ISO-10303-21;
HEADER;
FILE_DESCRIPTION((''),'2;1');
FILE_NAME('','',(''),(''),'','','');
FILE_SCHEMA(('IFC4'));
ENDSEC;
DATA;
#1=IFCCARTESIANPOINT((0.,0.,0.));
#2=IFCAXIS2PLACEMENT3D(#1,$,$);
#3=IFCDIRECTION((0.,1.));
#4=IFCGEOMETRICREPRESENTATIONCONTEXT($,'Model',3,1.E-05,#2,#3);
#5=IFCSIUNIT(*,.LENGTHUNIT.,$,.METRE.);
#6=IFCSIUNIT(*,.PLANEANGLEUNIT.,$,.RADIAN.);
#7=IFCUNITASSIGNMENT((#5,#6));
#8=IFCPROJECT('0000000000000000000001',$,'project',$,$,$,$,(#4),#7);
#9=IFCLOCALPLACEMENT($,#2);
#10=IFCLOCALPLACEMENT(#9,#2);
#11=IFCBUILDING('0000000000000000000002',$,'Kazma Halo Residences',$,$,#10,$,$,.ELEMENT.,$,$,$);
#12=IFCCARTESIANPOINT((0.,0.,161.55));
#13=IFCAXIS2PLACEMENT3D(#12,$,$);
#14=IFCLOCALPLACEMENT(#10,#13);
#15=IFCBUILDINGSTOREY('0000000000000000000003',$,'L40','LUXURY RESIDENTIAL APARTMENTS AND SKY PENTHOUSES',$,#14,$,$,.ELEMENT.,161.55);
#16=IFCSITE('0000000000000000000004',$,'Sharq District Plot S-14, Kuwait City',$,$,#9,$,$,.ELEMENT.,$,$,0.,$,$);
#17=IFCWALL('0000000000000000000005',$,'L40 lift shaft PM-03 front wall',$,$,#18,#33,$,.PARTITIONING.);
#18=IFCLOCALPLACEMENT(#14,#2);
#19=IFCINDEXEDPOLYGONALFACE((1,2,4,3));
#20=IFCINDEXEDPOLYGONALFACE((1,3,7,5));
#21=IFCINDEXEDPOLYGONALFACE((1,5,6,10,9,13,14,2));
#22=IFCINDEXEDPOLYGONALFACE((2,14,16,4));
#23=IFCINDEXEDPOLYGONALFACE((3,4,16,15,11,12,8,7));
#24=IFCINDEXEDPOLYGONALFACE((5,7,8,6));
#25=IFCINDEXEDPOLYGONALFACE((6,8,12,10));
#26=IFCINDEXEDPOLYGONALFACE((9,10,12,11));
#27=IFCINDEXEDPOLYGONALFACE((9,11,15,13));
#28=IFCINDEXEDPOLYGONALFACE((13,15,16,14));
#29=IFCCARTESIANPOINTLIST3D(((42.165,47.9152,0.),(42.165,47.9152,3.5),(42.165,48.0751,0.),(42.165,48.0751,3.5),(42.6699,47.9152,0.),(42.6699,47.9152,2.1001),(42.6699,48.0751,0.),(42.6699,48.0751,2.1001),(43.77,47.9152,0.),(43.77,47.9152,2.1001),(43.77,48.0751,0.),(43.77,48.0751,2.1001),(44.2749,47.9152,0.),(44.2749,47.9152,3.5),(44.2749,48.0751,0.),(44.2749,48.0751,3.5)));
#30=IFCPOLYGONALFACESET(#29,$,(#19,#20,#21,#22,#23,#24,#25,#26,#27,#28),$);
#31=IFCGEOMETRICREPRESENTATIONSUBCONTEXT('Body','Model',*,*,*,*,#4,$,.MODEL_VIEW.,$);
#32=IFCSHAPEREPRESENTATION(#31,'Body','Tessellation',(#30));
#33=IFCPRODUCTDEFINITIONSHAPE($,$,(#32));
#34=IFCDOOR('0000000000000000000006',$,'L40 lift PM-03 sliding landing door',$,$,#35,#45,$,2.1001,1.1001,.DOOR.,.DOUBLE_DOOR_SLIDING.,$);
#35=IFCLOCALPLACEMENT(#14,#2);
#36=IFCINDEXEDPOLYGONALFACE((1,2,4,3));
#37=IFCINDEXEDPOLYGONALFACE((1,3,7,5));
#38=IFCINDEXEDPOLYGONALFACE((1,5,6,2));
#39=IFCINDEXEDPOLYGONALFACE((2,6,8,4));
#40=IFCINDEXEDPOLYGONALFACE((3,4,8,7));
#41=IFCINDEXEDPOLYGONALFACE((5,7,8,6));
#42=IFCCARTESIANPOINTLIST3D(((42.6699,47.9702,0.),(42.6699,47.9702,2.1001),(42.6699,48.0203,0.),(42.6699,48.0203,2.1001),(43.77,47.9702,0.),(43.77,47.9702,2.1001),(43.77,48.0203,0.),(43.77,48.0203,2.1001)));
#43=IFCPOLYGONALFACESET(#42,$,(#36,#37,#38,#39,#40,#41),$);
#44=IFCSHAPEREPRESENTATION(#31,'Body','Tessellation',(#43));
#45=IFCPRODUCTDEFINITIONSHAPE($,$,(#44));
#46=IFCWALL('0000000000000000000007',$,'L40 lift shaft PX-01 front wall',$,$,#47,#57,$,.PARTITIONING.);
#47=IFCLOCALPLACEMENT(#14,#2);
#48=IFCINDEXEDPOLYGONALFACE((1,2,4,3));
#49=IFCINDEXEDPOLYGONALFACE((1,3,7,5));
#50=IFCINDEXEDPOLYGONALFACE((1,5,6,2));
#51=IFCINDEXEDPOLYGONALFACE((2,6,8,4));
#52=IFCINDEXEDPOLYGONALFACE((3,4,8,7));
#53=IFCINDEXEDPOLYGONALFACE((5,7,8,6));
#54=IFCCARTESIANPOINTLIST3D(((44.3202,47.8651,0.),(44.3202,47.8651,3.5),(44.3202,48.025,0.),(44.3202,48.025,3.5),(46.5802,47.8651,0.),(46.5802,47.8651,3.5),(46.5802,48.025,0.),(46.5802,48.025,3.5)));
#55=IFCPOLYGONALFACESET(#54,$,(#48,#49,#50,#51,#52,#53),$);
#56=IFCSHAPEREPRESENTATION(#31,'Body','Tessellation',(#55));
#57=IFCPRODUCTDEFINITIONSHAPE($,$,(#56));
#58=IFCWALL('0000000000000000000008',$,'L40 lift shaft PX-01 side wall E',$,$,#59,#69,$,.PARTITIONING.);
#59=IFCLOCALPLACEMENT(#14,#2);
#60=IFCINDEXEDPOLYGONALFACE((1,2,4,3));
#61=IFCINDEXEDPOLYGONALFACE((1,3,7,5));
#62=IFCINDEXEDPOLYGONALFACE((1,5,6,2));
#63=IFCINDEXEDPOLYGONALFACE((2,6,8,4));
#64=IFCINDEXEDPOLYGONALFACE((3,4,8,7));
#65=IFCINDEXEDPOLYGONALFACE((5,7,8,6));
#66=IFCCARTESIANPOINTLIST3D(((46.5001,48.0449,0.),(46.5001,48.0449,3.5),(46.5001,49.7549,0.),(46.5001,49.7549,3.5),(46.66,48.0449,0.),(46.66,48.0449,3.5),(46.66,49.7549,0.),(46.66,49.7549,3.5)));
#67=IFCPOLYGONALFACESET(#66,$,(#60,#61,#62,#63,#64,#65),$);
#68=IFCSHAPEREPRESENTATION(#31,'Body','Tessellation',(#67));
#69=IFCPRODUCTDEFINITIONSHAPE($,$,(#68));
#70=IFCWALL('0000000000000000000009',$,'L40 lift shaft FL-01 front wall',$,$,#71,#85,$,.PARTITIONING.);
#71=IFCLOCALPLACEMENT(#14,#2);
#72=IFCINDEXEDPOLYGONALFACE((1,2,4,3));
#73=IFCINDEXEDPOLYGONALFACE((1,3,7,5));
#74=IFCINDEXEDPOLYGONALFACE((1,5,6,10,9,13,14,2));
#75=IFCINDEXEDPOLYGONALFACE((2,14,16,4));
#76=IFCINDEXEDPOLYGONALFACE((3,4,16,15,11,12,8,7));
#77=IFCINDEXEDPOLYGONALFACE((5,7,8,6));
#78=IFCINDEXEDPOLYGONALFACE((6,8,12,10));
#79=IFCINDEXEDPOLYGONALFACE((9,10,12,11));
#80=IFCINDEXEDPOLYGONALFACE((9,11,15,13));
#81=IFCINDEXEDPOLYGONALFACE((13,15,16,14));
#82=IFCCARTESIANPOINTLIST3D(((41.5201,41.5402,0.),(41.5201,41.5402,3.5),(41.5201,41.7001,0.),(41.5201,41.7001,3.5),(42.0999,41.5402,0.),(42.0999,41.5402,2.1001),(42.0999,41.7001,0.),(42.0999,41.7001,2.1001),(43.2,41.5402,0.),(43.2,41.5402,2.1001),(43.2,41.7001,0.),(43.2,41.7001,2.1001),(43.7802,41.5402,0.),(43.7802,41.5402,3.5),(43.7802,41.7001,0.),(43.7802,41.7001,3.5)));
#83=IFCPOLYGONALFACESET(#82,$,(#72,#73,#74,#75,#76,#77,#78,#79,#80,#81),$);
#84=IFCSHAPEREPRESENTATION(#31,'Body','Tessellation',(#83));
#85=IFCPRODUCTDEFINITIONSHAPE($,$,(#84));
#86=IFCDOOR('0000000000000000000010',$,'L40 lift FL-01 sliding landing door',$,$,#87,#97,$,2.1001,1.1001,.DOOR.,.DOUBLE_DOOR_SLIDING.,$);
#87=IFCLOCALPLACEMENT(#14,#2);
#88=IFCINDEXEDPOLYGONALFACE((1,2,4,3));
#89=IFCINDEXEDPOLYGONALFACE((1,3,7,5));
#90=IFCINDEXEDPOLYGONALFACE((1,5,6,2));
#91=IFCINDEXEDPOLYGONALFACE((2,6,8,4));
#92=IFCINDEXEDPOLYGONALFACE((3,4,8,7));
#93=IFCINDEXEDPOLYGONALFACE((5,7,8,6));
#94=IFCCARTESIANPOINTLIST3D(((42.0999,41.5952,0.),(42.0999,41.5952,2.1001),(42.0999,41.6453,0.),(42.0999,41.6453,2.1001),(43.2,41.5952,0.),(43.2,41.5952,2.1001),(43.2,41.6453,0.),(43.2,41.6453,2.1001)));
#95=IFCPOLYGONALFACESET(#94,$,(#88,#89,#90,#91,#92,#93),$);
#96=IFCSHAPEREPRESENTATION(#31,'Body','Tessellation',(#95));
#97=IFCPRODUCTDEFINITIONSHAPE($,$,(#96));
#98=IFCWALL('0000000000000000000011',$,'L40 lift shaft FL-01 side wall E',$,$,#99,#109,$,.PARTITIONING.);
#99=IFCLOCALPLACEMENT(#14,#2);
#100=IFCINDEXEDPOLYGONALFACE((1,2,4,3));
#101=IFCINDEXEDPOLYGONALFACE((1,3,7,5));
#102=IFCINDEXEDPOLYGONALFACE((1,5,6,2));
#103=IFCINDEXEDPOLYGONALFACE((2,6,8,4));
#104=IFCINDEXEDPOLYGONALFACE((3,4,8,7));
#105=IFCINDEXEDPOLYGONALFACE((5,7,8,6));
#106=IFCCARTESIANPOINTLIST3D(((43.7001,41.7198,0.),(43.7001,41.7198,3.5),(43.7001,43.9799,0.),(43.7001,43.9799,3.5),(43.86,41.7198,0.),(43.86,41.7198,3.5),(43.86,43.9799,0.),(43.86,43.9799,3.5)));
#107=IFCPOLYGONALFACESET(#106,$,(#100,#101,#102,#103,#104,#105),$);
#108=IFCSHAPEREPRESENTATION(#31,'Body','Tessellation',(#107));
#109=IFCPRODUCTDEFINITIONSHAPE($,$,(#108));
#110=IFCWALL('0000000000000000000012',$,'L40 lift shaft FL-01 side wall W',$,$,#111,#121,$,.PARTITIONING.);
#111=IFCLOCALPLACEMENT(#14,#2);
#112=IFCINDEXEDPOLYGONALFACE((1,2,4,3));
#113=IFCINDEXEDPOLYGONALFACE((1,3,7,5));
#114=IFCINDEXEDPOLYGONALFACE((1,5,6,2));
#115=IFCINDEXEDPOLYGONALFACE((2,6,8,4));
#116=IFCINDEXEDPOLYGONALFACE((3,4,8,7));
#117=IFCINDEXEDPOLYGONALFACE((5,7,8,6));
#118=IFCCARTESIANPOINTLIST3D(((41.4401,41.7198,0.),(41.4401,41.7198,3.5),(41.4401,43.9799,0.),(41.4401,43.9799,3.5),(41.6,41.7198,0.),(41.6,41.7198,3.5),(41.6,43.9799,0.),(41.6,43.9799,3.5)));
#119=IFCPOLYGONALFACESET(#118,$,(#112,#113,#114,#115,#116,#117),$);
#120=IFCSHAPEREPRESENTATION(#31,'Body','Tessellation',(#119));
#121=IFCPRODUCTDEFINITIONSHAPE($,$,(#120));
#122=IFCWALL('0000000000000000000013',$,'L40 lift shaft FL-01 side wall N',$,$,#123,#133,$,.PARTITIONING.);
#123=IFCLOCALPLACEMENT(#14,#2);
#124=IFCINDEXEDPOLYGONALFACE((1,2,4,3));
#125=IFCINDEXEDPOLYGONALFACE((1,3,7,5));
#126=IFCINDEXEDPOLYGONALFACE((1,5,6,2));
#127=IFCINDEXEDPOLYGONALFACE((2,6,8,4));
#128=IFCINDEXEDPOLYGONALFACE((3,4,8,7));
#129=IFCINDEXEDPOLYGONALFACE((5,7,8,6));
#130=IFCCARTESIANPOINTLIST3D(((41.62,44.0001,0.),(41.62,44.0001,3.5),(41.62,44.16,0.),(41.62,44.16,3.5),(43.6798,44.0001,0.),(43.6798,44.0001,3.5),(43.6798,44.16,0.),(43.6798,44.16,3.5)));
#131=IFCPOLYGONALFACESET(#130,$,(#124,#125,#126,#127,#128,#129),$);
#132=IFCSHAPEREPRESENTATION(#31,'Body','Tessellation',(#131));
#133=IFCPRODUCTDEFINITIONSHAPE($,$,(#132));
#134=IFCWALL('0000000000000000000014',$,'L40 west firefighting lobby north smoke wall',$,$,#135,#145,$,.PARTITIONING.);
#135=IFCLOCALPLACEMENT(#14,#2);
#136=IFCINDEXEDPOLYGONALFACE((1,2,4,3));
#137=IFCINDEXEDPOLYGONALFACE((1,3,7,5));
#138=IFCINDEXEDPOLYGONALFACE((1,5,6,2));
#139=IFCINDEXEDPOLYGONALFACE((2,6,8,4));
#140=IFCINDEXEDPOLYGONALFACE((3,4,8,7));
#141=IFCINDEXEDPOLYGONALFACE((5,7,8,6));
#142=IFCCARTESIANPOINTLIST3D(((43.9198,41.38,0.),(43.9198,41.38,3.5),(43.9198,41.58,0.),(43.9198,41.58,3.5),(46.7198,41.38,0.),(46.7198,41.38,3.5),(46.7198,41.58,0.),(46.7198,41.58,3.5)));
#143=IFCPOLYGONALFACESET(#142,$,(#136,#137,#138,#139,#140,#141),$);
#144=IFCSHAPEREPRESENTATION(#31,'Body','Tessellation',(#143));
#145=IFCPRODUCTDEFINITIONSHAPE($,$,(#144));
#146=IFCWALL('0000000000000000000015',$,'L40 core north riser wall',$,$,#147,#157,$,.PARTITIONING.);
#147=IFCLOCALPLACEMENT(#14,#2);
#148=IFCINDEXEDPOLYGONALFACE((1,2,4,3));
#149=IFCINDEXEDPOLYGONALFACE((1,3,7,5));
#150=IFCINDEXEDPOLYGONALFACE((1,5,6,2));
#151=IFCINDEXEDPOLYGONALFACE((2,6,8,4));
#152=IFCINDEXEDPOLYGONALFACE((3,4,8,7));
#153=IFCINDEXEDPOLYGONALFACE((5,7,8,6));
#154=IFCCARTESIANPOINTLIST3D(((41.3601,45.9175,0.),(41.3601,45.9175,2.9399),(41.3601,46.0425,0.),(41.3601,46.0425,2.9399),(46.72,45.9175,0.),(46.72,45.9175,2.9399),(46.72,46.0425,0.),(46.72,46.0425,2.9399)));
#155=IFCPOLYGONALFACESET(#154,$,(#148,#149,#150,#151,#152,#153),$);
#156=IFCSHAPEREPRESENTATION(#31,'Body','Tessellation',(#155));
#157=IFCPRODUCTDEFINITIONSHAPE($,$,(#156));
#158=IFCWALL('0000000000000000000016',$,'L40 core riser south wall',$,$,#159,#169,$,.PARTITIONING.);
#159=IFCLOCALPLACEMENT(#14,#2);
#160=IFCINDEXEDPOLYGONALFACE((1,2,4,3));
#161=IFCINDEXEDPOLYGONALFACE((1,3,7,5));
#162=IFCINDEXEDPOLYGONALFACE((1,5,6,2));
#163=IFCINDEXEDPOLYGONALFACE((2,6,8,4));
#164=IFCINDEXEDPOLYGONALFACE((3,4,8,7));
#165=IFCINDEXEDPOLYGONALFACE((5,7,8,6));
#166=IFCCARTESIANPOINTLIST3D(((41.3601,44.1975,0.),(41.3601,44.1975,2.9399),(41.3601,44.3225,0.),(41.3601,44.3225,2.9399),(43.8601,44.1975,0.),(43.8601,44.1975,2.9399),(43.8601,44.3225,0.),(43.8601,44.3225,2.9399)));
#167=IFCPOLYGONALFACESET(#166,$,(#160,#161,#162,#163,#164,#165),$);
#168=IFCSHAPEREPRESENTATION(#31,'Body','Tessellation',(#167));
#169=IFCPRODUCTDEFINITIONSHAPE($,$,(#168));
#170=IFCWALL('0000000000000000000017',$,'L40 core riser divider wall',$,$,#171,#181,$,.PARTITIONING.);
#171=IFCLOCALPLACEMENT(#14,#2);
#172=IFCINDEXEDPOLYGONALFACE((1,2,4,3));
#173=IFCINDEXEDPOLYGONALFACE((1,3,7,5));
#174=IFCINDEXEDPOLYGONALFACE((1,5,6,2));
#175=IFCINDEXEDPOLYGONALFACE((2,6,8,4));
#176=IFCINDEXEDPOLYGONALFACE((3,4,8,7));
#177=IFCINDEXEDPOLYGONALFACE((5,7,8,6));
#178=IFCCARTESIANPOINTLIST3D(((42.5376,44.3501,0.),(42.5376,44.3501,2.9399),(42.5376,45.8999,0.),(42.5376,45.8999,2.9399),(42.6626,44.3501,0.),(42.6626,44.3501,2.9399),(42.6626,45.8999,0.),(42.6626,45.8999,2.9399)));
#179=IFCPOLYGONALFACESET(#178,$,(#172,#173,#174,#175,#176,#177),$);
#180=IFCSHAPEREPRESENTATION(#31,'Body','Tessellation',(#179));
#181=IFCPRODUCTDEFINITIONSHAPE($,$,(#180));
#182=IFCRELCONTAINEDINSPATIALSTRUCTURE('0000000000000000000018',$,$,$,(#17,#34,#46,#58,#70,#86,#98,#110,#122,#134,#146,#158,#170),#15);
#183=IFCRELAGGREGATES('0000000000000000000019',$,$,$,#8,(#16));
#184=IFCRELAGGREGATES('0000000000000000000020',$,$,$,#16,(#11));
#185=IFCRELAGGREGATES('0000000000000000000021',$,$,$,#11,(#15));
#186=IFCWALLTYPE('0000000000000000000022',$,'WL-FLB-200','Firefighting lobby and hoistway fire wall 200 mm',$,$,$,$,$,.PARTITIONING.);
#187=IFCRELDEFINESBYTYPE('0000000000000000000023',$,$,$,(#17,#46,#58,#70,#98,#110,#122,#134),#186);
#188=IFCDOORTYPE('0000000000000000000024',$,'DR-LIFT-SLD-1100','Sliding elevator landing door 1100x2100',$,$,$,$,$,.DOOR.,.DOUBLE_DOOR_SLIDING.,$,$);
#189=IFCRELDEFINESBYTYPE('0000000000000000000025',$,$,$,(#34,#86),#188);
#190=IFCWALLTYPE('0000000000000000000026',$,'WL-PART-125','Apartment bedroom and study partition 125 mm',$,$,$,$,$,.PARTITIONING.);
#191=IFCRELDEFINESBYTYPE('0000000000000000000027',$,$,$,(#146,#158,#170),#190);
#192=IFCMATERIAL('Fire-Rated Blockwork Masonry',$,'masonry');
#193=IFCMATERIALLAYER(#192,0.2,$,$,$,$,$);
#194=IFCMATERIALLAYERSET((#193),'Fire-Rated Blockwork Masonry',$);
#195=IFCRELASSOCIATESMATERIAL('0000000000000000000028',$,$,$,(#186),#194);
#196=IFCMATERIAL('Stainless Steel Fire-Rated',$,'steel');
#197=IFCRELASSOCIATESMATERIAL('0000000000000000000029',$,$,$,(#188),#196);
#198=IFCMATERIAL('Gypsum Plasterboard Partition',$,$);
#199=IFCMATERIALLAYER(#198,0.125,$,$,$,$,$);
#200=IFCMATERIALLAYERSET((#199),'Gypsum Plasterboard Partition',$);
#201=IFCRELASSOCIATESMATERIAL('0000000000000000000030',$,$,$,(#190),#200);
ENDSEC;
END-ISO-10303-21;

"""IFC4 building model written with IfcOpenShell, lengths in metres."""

from ifc_helpers import new_model, si_unit, direction, frame, frame_2d, origin, place, context, subcontext, project, spatial, rectangle, extrude, material, layer, layer_set, type_object, element, fill, save


model = new_model("IFC4")

# Units and contexts
model_context = context("Model", 3, precision=1e-05, world=origin(), true_north=direction((0.0, 1.0)))
body_context = subcontext(model_context, "Body", "Model", "MODEL_VIEW")
ifc_project = project(units=[si_unit("LENGTHUNIT", "METRE"), si_unit("PLANEANGLEUNIT", "RADIAN")], contexts=[model_context])

# Site, building, storey
site_placement = place(None, origin())
site = spatial("IfcSite", under=ifc_project, at=site_placement, Name="Sharq District Plot S-14, Kuwait City", CompositionType="ELEMENT", RefElevation=0.0)
building_placement = place(site_placement, origin())
building = spatial("IfcBuilding", under=site, at=building_placement, Name="Kazma Halo Residences", CompositionType="ELEMENT")
storey_placement = place(building_placement, frame((0.0, 0.0, 161.55)))
storey = spatial("IfcBuildingStorey", under=building, at=storey_placement, Name="L40", Description="LUXURY RESIDENTIAL APARTMENTS AND SKY PENTHOUSES", CompositionType="ELEMENT", Elevation=161.55)

# Wall, opening, door
ifc_material_1 = material(Name="Fire-Rated Blockwork Masonry", Category="masonry")
ifc_layer_1 = layer(ifc_material_1, 0.2)
ifc_layer_set_1 = layer_set([ifc_layer_1], Name="Fire-Rated Blockwork Masonry")
wall_type_1 = type_object("IfcWallType", Name="WL-FLB-200", Description="Firefighting lobby and hoistway fire wall 200 mm", PredefinedType="PARTITIONING", material=ifc_layer_set_1)
ifc_material_2 = material(Name="Stainless Steel Fire-Rated", Category="steel")
door_type = type_object("IfcDoorType", Name="DR-LIFT-SLD-1100", Description="Sliding elevator landing door 1100x2100", OperationType="DOUBLE_DOOR_SLIDING", PredefinedType="DOOR", material=ifc_material_2)
wall_1_placement = place(storey_placement, frame((44.2749, 47.9951, 0.0), z_axis=(0.0, 0.0, 1.0), x_axis=(-1.0, 0.0, 0.0)))
wall_1 = element("IfcWall", 1, at=wall_1_placement, inside=storey, type_object=wall_type_1, Name="L40 lift shaft PM-03 front wall", PredefinedType="PARTITIONING", context=body_context, shape_type="SweptSolid", body=[
    extrude(rectangle(XDim=2.1099, YDim=0.1599, at=frame_2d((1.0549, 0.0))), origin(), (0.0, 0.0, 1.0), 3.5),
])
opening_1_placement = place(wall_1_placement, frame((0.5049, 0.0, 0.0)))
opening_1 = element("IfcOpeningElement", 2, at=opening_1_placement, cuts=wall_1, PredefinedType="OPENING", context=body_context, shape_type="SweptSolid", body=[
    extrude(rectangle(XDim=1.1001, YDim=2.1001, at=frame_2d((0.55, 1.05))), frame((0.0, 0.0898, 0.0), z_axis=(0.0, -1.0, 0.0), x_axis=(1.0, 0.0, 0.0)), (0.0, 0.0, 1.0), 0.1799),
])
door_1_placement = place(opening_1_placement, origin())
door_1 = element("IfcDoor", 3, at=door_1_placement, inside=storey, type_object=door_type, Name="L40 lift PM-03 sliding landing door", OperationType="DOUBLE_DOOR_SLIDING", OverallHeight=2.1001, OverallWidth=1.1001, PredefinedType="DOOR", context=body_context, shape_type="SweptSolid", body=[
    extrude(rectangle(XDim=1.1001, YDim=2.1001, at=frame_2d((0.55, 1.05))), frame((0.0, 0.0249, 0.0), z_axis=(0.0, -1.0, 0.0), x_axis=(1.0, 0.0, 0.0)), (0.0, 0.0, 1.0), 0.05),
])
fill(opening_1, door_1)

# Walls
wall_2_placement = place(storey_placement, frame((46.5801, 47.9451, 0.0), z_axis=(0.0, 0.0, 1.0), x_axis=(-1.0, 0.0, 0.0)))
element("IfcWall", 4, at=wall_2_placement, inside=storey, type_object=wall_type_1, Name="L40 lift shaft PX-01 front wall", PredefinedType="PARTITIONING", context=body_context, shape_type="SweptSolid", body=[
    extrude(rectangle(XDim=2.26, YDim=0.1599, at=frame_2d((1.1299, 0.0))), origin(), (0.0, 0.0, 1.0), 3.5),
])
wall_3_placement = place(storey_placement, frame((46.5801, 48.0449, 0.0), z_axis=(0.0, 0.0, 1.0), x_axis=(0.0, 1.0, 0.0)))
element("IfcWall", 5, at=wall_3_placement, inside=storey, type_object=wall_type_1, Name="L40 lift shaft PX-01 side wall E", PredefinedType="PARTITIONING", context=body_context, shape_type="SweptSolid", body=[
    extrude(rectangle(XDim=1.71, YDim=0.1599, at=frame_2d((0.855, 0.0))), origin(), (0.0, 0.0, 1.0), 3.5),
])

# Wall, opening, door
wall_4_placement = place(storey_placement, frame((43.78, 41.6201, 0.0), z_axis=(0.0, 0.0, 1.0), x_axis=(-1.0, 0.0, 0.0)))
wall_4 = element("IfcWall", 6, at=wall_4_placement, inside=storey, type_object=wall_type_1, Name="L40 lift shaft FL-01 front wall", PredefinedType="PARTITIONING", context=body_context, shape_type="SweptSolid", body=[
    extrude(rectangle(XDim=2.26, YDim=0.1599, at=frame_2d((1.1299, 0.0))), origin(), (0.0, 0.0, 1.0), 3.5),
])
opening_2_placement = place(wall_4_placement, frame((0.5801, 0.0, 0.0)))
opening_2 = element("IfcOpeningElement", 7, at=opening_2_placement, cuts=wall_4, PredefinedType="OPENING", context=body_context, shape_type="SweptSolid", body=[
    extrude(rectangle(XDim=1.1001, YDim=2.1001, at=frame_2d((0.55, 1.05))), frame((0.0, 0.0898, 0.0), z_axis=(0.0, -1.0, 0.0), x_axis=(1.0, 0.0, 0.0)), (0.0, 0.0, 1.0), 0.1799),
])
door_2_placement = place(opening_2_placement, origin())
door_2 = element("IfcDoor", 8, at=door_2_placement, inside=storey, type_object=door_type, Name="L40 lift FL-01 sliding landing door", OperationType="DOUBLE_DOOR_SLIDING", OverallHeight=2.1001, OverallWidth=1.1001, PredefinedType="DOOR", context=body_context, shape_type="SweptSolid", body=[
    extrude(rectangle(XDim=1.1001, YDim=2.1001, at=frame_2d((0.55, 1.05))), frame((0.0, 0.0249, 0.0), z_axis=(0.0, -1.0, 0.0), x_axis=(1.0, 0.0, 0.0)), (0.0, 0.0, 1.0), 0.05),
])
fill(opening_2, door_2)

# Walls
for number, where, z_axis, x_axis, name in (
    (9, (43.78, 41.72, 0.0), (0.0, 0.0, 1.0), (0.0, 1.0, 0.0), "L40 lift shaft FL-01 side wall E"),
    (10, (41.52, 41.72, 0.0), (0.0, 0.0, 1.0), (0.0, 1.0, 0.0), "L40 lift shaft FL-01 side wall W"),
):
    element("IfcWall", number, at=place(storey_placement, frame(where, z_axis=z_axis, x_axis=x_axis)), inside=storey, type_object=wall_type_1, Name=name, PredefinedType="PARTITIONING", context=body_context, shape_type="SweptSolid", body=[
        extrude(rectangle(XDim=2.26, YDim=0.1599, at=frame_2d((1.1299, 0.0))), origin(), (0.0, 0.0, 1.0), 3.5),
    ])
wall_5_placement = place(storey_placement, frame((41.6201, 44.0801, 0.0), z_axis=(0.0, 0.0, 1.0), x_axis=(1.0, 0.0, 0.0)))
element("IfcWall", 11, at=wall_5_placement, inside=storey, type_object=wall_type_1, Name="L40 lift shaft FL-01 side wall N", PredefinedType="PARTITIONING", context=body_context, shape_type="SweptSolid", body=[
    extrude(rectangle(XDim=2.0598, YDim=0.1599, at=frame_2d((1.0298, 0.0))), origin(), (0.0, 0.0, 1.0), 3.5),
])
wall_6_placement = place(storey_placement, frame((43.9199, 41.48, 0.0), z_axis=(0.0, 0.0, 1.0), x_axis=(1.0, 0.0, 0.0)))
element("IfcWall", 12, at=wall_6_placement, inside=storey, type_object=wall_type_1, Name="L40 west firefighting lobby north smoke wall", PredefinedType="PARTITIONING", context=body_context, shape_type="SweptSolid", body=[
    extrude(rectangle(XDim=2.8, YDim=0.2, at=frame_2d((1.3999, 0.0))), origin(), (0.0, 0.0, 1.0), 3.5),
])
ifc_material_3 = material(Name="Gypsum Plasterboard Partition")
ifc_layer_2 = layer(ifc_material_3, 0.125)
ifc_layer_set_2 = layer_set([ifc_layer_2], Name="Gypsum Plasterboard Partition")
wall_type_2 = type_object("IfcWallType", Name="WL-PART-125", Description="Apartment bedroom and study partition 125 mm", PredefinedType="PARTITIONING", material=ifc_layer_set_2)
wall_7_placement = place(storey_placement, frame((41.3601, 45.98, 0.0), z_axis=(0.0, 0.0, 1.0), x_axis=(1.0, 0.0, 0.0)))
element("IfcWall", 13, at=wall_7_placement, inside=storey, type_object=wall_type_2, Name="L40 core north riser wall", PredefinedType="PARTITIONING", context=body_context, shape_type="SweptSolid", body=[
    extrude(rectangle(XDim=5.3599, YDim=0.125, at=frame_2d((2.6799, 0.0))), origin(), (0.0, 0.0, 1.0), 2.9399),
])
wall_8_placement = place(storey_placement, frame((41.3601, 44.26, 0.0), z_axis=(0.0, 0.0, 1.0), x_axis=(1.0, 0.0, 0.0)))
element("IfcWall", 14, at=wall_8_placement, inside=storey, type_object=wall_type_2, Name="L40 core riser south wall", PredefinedType="PARTITIONING", context=body_context, shape_type="SweptSolid", body=[
    extrude(rectangle(XDim=2.5, YDim=0.125, at=frame_2d((1.25, 0.0))), origin(), (0.0, 0.0, 1.0), 2.9399),
])
wall_9_placement = place(storey_placement, frame((42.6001, 44.3501, 0.0), z_axis=(0.0, 0.0, 1.0), x_axis=(0.0, 1.0, 0.0)))
element("IfcWall", 15, at=wall_9_placement, inside=storey, type_object=wall_type_2, Name="L40 core riser divider wall", PredefinedType="PARTITIONING", context=body_context, shape_type="SweptSolid", body=[
    extrude(rectangle(XDim=1.5498, YDim=0.125, at=frame_2d((0.7749, 0.0))), origin(), (0.0, 0.0, 1.0), 2.9399),
])

save(model, "model.ifc")
